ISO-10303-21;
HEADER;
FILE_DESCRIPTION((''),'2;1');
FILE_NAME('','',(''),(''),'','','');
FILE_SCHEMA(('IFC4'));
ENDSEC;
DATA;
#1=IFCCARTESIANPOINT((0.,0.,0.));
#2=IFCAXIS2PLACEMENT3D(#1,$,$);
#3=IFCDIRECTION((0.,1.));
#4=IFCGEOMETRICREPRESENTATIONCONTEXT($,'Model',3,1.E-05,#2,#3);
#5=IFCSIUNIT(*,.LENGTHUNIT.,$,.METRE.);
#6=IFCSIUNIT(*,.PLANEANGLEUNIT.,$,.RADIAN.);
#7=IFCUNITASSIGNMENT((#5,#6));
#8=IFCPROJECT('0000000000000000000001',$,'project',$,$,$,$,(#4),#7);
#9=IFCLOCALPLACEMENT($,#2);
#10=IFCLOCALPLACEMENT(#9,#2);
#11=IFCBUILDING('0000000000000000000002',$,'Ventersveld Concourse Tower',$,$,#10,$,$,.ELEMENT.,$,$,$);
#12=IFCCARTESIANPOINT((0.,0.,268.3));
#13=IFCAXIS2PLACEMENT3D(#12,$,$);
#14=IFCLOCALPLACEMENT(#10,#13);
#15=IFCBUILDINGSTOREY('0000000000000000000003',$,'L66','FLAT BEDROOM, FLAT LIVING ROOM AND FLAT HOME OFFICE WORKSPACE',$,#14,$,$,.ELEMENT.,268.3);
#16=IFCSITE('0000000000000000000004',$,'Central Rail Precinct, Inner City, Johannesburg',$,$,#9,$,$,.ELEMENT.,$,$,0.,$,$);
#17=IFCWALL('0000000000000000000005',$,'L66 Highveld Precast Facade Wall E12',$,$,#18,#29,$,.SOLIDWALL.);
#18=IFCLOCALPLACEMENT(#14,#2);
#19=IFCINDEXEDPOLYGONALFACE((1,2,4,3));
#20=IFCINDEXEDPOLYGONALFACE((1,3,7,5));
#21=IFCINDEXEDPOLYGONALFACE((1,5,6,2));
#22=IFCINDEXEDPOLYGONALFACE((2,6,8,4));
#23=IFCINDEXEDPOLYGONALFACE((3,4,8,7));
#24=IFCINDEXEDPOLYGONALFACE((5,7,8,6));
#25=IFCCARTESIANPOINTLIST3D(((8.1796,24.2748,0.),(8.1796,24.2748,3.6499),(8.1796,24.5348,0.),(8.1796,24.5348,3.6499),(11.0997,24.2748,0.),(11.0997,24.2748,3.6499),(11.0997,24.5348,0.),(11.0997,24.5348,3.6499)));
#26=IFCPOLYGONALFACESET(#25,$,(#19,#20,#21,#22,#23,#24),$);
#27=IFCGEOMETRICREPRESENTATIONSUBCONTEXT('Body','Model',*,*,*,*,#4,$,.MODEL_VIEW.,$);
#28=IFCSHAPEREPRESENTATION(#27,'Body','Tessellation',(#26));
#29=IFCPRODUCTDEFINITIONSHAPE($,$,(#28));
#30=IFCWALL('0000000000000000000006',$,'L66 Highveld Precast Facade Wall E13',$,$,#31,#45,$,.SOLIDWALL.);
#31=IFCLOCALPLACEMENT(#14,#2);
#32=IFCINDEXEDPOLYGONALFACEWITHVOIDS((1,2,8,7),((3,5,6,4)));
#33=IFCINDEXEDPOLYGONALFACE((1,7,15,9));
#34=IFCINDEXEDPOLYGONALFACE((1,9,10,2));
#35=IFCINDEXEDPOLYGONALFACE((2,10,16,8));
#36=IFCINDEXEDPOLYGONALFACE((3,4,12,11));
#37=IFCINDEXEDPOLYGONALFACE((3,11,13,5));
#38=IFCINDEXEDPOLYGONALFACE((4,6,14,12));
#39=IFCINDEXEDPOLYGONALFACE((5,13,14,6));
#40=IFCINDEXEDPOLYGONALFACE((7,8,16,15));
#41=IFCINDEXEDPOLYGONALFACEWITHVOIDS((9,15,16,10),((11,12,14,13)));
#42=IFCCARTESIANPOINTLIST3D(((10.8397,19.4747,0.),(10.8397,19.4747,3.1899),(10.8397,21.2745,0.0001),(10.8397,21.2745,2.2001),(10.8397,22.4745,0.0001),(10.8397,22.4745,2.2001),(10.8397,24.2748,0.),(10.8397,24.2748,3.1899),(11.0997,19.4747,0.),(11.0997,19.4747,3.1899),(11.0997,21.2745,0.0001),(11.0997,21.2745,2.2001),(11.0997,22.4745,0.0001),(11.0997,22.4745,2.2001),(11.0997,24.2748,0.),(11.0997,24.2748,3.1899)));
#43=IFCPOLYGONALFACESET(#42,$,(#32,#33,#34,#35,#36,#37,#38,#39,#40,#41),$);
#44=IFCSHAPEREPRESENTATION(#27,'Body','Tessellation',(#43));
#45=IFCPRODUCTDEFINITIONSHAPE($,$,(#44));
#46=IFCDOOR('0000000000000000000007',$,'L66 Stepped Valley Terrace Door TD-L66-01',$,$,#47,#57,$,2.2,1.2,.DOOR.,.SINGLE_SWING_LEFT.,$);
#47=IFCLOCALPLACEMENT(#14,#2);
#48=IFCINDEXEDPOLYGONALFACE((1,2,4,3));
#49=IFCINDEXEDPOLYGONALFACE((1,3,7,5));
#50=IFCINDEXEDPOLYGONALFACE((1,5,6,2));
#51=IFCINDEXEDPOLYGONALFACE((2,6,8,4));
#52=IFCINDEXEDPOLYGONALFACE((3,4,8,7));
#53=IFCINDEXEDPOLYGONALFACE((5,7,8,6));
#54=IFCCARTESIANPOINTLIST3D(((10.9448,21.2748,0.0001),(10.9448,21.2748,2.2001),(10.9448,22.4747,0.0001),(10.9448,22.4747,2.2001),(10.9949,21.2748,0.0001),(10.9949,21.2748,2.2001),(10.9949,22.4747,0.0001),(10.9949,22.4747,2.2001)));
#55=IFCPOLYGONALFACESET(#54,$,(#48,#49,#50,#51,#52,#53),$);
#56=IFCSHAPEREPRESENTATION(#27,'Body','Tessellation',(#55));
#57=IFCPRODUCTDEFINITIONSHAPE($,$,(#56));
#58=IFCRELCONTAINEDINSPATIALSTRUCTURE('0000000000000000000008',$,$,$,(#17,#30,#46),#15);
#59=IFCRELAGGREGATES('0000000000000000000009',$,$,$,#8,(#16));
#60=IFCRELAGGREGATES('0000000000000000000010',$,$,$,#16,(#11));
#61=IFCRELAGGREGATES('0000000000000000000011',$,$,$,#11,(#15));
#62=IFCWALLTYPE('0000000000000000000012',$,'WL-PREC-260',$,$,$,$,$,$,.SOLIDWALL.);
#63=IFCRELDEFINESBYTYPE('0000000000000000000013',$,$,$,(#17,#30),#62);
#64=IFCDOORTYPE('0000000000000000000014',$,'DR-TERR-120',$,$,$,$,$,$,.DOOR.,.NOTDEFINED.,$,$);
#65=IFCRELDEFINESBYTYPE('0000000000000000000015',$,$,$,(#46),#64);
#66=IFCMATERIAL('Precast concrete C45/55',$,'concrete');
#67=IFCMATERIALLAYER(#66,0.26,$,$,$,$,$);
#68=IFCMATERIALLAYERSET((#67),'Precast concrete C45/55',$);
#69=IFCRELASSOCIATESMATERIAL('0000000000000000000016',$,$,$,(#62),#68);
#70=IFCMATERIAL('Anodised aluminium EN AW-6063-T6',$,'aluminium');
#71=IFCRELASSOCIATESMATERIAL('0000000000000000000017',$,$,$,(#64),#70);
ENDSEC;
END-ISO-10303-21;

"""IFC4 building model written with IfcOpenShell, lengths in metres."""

from ifc_helpers import new_model, si_unit, direction, frame, frame_2d, origin, place, context, subcontext, project, spatial, rectangle, extrude, material, layer, layer_set, type_object, element, fill, save


model = new_model("IFC4")

# Units and contexts
model_context = context("Model", 3, precision=1e-05, world=origin(), true_north=direction((0.0, 1.0)))
body_context = subcontext(model_context, "Body", "Model", "MODEL_VIEW")
ifc_project = project(units=[si_unit("LENGTHUNIT", "METRE"), si_unit("PLANEANGLEUNIT", "RADIAN")], contexts=[model_context])

# Site, building, storey
site_placement = place(None, origin())
site = spatial("IfcSite", under=ifc_project, at=site_placement, Name="Central Rail Precinct, Inner City, Johannesburg", CompositionType="ELEMENT", RefElevation=0.0)
building_placement = place(site_placement, origin())
building = spatial("IfcBuilding", under=site, at=building_placement, Name="Ventersveld Concourse Tower", CompositionType="ELEMENT")
storey_placement = place(building_placement, frame((0.0, 0.0, 268.3)))
storey = spatial("IfcBuildingStorey", under=building, at=storey_placement, Name="L66", Description="FLAT BEDROOM, FLAT LIVING ROOM AND FLAT HOME OFFICE WORKSPACE", CompositionType="ELEMENT", Elevation=268.3)

# Shared definitions
ifc_material_1 = material(Name="Precast concrete C45/55", Category="concrete")
ifc_layer_1 = layer(ifc_material_1, 0.26)
ifc_layer_set_1 = layer_set([ifc_layer_1], Name="Precast concrete C45/55")
wall_type_1 = type_object("IfcWallType", Name="WL-PREC-260", PredefinedType="SOLIDWALL", material=ifc_layer_set_1)

# Wall
wall_1_placement = place(storey_placement, frame((8.1797, 24.4048, 0.0), z_axis=(0.0, 0.0, 1.0), x_axis=(1.0, 0.0, 0.0)))
element("IfcWall", 1, at=wall_1_placement, inside=storey, type_object=wall_type_1, Name="L66 Highveld Precast Facade Wall E12", PredefinedType="SOLIDWALL", context=body_context, shape_type="SweptSolid", body=[
    extrude(rectangle(XDim=2.9202, YDim=0.26, at=frame_2d((1.46, 0.0))), origin(), (0.0, 0.0, 1.0), 3.6499),
])

# Wall, opening, door
wall_2_placement = place(storey_placement, frame((10.9697, 24.2747, 0.0), z_axis=(0.0, 0.0, 1.0), x_axis=(0.0, -1.0, 0.0)))
wall_2 = element("IfcWall", 2, at=wall_2_placement, inside=storey, type_object=wall_type_1, Name="L66 Highveld Precast Facade Wall E13", PredefinedType="SOLIDWALL", context=body_context, shape_type="SweptSolid", body=[
    extrude(rectangle(XDim=4.8, YDim=0.26, at=frame_2d((2.3999, 0.0))), origin(), (0.0, 0.0, 1.0), 3.1899),
])
opening_1_placement = place(wall_2_placement, frame((1.8, 0.0, 0.0)))
opening_1 = element("IfcOpeningElement", 3, at=opening_1_placement, cuts=wall_2, PredefinedType="OPENING", context=body_context, shape_type="SweptSolid", body=[
    extrude(rectangle(XDim=1.2, YDim=2.2, at=frame_2d((0.6001, 1.1001))), frame((0.0, 0.1401, 0.0), z_axis=(0.0, -1.0, 0.0), x_axis=(1.0, 0.0, 0.0)), (0.0, 0.0, 1.0), 0.28),
])
ifc_material_2 = material(Name="Anodised aluminium EN AW-6063-T6", Category="aluminium")
door_type_1 = type_object("IfcDoorType", Name="DR-TERR-120", OperationType="NOTDEFINED", PredefinedType="DOOR", material=ifc_material_2)
door_1_placement = place(opening_1_placement, frame((1.2, 0.0, 0.0), z_axis=(0.0, 0.0, 1.0), x_axis=(-1.0, 0.0, 0.0)))
door_1 = element("IfcDoor", 4, at=door_1_placement, inside=storey, type_object=door_type_1, Name="L66 Stepped Valley Terrace Door TD-L66-01", OperationType="SINGLE_SWING_LEFT", OverallHeight=2.2, OverallWidth=1.2, PredefinedType="DOOR", context=body_context, shape_type="SweptSolid", body=[
    extrude(rectangle(XDim=1.2, YDim=2.2, at=frame_2d((0.6001, 1.1001))), frame((0.0, 0.0249, 0.0), z_axis=(0.0, -1.0, 0.0), x_axis=(1.0, 0.0, 0.0)), (0.0, 0.0, 1.0), 0.05),
])
fill(opening_1, door_1)

save(model, "model.ifc")
